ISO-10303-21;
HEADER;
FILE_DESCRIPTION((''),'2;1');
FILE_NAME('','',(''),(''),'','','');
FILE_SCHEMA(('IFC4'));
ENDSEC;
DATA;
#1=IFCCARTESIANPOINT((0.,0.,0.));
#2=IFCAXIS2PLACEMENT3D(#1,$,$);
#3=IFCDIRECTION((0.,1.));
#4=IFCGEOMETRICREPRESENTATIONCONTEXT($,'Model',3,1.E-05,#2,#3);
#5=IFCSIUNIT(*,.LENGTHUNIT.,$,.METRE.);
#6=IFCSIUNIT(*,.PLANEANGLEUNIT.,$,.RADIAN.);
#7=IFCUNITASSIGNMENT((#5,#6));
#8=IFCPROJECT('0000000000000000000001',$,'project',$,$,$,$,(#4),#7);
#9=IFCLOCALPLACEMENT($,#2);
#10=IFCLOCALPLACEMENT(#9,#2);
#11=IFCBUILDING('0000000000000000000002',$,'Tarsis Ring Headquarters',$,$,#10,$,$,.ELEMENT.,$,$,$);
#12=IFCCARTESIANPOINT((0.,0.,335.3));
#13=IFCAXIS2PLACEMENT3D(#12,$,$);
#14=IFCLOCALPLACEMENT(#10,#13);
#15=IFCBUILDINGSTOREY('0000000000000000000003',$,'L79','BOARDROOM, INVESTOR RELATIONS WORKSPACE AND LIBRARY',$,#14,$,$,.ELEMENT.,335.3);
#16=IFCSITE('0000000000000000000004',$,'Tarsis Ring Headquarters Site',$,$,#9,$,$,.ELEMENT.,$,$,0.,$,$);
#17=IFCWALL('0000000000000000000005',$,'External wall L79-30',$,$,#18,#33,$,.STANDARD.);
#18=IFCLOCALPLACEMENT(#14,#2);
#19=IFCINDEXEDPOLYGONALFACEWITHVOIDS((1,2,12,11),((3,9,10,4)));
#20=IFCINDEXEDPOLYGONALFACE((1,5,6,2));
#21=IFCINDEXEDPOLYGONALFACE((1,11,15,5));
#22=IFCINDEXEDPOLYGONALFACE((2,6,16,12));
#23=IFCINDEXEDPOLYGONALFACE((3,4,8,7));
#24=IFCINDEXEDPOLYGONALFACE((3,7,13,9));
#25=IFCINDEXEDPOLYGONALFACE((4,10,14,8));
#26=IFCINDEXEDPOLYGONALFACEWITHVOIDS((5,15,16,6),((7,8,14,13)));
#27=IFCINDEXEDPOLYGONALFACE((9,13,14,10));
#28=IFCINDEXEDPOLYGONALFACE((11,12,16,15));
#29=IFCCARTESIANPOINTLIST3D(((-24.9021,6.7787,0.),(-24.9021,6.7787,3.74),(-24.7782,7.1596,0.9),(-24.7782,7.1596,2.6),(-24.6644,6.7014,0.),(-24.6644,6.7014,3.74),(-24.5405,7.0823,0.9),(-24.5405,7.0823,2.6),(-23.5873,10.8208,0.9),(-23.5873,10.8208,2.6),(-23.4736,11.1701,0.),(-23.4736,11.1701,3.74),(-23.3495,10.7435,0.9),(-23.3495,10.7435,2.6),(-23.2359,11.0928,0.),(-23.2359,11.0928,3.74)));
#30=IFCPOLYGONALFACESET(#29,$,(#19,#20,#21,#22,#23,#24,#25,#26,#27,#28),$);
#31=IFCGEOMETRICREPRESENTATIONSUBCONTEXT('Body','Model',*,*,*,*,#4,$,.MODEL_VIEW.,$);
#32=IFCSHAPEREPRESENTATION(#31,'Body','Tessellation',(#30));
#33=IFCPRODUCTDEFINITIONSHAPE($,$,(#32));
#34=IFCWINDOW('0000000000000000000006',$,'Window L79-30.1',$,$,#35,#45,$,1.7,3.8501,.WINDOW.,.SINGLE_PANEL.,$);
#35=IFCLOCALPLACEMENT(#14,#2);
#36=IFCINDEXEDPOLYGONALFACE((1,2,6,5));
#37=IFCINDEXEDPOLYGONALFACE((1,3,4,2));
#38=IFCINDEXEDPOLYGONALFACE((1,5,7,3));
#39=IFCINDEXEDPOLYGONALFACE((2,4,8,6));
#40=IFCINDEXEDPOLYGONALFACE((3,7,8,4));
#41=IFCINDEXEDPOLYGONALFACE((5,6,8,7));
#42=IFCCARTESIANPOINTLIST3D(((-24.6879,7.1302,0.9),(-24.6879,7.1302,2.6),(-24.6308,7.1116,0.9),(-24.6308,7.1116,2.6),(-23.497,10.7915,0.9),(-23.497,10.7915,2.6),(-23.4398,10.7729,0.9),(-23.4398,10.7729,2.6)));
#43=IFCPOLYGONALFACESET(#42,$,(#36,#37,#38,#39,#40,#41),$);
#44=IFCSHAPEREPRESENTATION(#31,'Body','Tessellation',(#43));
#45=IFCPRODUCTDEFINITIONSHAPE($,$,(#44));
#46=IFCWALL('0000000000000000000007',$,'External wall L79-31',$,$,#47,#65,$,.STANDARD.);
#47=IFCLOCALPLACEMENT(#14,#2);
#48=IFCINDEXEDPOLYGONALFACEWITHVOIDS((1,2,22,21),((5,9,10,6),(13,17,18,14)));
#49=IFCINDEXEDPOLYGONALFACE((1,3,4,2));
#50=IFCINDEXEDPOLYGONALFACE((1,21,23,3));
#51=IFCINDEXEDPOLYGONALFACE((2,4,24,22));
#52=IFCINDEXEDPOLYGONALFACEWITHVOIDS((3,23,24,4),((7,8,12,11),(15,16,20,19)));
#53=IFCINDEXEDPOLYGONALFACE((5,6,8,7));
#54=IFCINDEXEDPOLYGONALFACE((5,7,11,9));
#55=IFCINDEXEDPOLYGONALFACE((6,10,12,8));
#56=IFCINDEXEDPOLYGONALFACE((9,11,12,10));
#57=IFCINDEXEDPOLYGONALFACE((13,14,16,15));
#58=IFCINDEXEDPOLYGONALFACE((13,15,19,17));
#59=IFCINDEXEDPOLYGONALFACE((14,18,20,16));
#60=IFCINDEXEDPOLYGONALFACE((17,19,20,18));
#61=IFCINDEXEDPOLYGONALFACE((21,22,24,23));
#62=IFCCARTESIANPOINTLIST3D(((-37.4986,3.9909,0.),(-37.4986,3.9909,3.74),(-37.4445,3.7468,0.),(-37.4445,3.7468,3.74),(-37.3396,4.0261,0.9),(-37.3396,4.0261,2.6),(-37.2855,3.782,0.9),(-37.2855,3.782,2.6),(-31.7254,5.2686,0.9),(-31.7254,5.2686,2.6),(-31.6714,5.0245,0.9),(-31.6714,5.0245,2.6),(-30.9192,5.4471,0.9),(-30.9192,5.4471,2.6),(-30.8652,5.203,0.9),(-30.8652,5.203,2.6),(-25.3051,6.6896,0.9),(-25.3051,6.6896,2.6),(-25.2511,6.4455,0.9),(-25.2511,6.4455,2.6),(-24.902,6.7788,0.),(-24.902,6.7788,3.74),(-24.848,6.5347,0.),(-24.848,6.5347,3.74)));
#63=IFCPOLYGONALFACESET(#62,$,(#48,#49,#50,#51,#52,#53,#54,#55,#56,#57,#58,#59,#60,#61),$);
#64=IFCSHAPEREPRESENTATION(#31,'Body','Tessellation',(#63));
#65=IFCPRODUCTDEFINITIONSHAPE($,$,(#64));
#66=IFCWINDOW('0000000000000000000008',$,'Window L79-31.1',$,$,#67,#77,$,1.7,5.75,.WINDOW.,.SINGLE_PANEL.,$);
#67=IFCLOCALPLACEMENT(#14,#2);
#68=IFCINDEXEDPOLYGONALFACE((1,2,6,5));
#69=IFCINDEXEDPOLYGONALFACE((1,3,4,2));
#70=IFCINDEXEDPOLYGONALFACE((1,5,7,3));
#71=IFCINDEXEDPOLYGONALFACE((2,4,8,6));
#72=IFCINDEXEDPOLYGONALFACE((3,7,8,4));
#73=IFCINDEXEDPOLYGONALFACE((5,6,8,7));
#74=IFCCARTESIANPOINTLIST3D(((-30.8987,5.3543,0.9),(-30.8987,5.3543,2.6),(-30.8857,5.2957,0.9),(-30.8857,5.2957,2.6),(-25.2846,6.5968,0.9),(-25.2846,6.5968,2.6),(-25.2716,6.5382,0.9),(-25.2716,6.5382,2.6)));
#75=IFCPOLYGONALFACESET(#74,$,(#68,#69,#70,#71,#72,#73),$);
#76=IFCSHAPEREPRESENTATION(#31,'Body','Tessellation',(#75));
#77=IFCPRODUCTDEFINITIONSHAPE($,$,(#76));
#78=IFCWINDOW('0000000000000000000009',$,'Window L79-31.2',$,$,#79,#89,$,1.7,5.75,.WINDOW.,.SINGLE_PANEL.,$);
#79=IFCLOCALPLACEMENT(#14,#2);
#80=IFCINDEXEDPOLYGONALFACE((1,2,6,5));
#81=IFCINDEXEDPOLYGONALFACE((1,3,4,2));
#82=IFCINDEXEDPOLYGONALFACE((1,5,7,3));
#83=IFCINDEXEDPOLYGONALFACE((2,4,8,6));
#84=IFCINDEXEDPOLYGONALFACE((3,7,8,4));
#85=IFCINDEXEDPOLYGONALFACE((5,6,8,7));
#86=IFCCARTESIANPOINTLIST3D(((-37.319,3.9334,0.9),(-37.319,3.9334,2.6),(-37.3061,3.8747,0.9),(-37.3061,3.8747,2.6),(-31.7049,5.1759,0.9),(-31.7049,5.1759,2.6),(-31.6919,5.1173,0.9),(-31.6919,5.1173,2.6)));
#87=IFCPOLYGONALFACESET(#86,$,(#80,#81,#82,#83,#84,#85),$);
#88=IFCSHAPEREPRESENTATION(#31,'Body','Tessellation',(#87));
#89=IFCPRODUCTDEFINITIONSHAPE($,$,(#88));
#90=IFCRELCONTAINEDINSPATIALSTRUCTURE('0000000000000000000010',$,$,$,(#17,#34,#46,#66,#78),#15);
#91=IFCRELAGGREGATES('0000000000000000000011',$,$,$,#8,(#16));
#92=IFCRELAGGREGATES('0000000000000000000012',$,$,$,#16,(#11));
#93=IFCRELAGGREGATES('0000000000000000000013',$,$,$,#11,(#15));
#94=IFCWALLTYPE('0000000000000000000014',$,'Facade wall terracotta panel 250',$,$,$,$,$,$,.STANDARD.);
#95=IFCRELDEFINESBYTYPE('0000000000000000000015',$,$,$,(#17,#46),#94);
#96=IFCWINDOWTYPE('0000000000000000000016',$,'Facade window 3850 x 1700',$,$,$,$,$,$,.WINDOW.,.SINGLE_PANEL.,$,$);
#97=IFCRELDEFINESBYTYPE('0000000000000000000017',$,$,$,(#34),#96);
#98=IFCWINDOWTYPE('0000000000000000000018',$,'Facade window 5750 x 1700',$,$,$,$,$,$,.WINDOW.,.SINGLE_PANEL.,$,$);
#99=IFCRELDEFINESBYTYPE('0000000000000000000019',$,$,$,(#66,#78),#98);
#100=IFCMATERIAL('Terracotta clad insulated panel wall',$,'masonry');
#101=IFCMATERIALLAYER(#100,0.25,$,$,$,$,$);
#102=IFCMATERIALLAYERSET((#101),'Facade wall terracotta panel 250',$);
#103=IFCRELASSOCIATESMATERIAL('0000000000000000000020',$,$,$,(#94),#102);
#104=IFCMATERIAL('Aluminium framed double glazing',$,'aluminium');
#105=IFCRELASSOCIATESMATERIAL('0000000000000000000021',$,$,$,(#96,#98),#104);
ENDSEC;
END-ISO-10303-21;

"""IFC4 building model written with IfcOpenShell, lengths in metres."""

from ifc_helpers import new_model, si_unit, direction, frame, frame_2d, origin, place, context, subcontext, project, spatial, rectangle, extrude, material, layer, layer_set, type_object, element, fill, save


model = new_model("IFC4")

# Units and contexts
model_context = context("Model", 3, precision=1e-05, world=origin(), true_north=direction((0.0, 1.0)))
body_context = subcontext(model_context, "Body", "Model", "MODEL_VIEW")
ifc_project = project(units=[si_unit("LENGTHUNIT", "METRE"), si_unit("PLANEANGLEUNIT", "RADIAN")], contexts=[model_context])

# Site, building, storey
site_placement = place(None, origin())
site = spatial("IfcSite", under=ifc_project, at=site_placement, Name="Tarsis Ring Headquarters Site", CompositionType="ELEMENT", RefElevation=0.0)
building_placement = place(site_placement, origin())
building = spatial("IfcBuilding", under=site, at=building_placement, Name="Tarsis Ring Headquarters", CompositionType="ELEMENT")
storey_placement = place(building_placement, frame((0.0, 0.0, 335.3)))
storey = spatial("IfcBuildingStorey", under=building, at=storey_placement, Name="L79", Description="BOARDROOM, INVESTOR RELATIONS WORKSPACE AND LIBRARY", CompositionType="ELEMENT", Elevation=335.3)

# Wall, opening, window
ifc_material_1 = material(Name="Terracotta clad insulated panel wall", Category="masonry")
ifc_layer_1 = layer(ifc_material_1, 0.25)
ifc_layer_set_1 = layer_set([ifc_layer_1], Name="Facade wall terracotta panel 250")
wall_type_1 = type_object("IfcWallType", Name="Facade wall terracotta panel 250", PredefinedType="STANDARD", material=ifc_layer_set_1)
wall_1_placement = place(storey_placement, frame((-23.3547, 11.1316, 0.0), z_axis=(0.0, 0.0, 1.0), x_axis=(-0.309336, -0.950953, 0.0)))
wall_1 = element("IfcWall", 1, at=wall_1_placement, inside=storey, type_object=wall_type_1, Name="External wall L79-30", PredefinedType="STANDARD", context=body_context, shape_type="SweptSolid", body=[
    extrude(rectangle(XDim=4.6179, YDim=0.25, at=frame_2d((2.3091, 0.0))), origin(), (0.0, 0.0, 1.0), 3.74),
])
opening_1_placement = place(wall_1_placement, frame((0.3674, 0.0, 0.8999)))
opening_1 = element("IfcOpeningElement", 2, at=opening_1_placement, cuts=wall_1, PredefinedType="OPENING", context=body_context, shape_type="SweptSolid", body=[
    extrude(rectangle(XDim=3.8501, YDim=1.7, at=frame_2d((1.925, 0.8501))), frame((0.0, 0.135, 0.0), z_axis=(0.0, -1.0, 0.0), x_axis=(1.0, 0.0, 0.0)), (0.0, 0.0, 1.0), 0.27),
])
ifc_material_2 = material(Name="Aluminium framed double glazing", Category="aluminium")
window_type_1 = type_object("IfcWindowType", Name="Facade window 3850 x 1700", PartitioningType="SINGLE_PANEL", PredefinedType="WINDOW", material=ifc_material_2)
window_1_placement = place(opening_1_placement, origin())
window_1 = element("IfcWindow", 3, at=window_1_placement, inside=storey, type_object=window_type_1, Name="Window L79-30.1", OverallHeight=1.7, OverallWidth=3.8501, PartitioningType="SINGLE_PANEL", PredefinedType="WINDOW", context=body_context, shape_type="SweptSolid", body=[
    extrude(rectangle(XDim=3.8501, YDim=1.7, at=frame_2d((1.925, 0.8501))), frame((0.0, 0.03, 0.0), z_axis=(0.0, -1.0, 0.0), x_axis=(1.0, 0.0, 0.0)), (0.0, 0.0, 1.0), 0.0601),
])
fill(opening_1, window_1)

# Wall, openings, windows
wall_2_placement = place(storey_placement, frame((-24.875, 6.6567, 0.0), z_axis=(0.0, 0.0, 1.0), x_axis=(-0.976373, -0.216091, 0.0)))
wall_2 = element("IfcWall", 4, at=wall_2_placement, inside=storey, type_object=wall_type_1, Name="External wall L79-31", PredefinedType="STANDARD", context=body_context, shape_type="SweptSolid", body=[
    extrude(rectangle(XDim=12.9014, YDim=0.25, at=frame_2d((6.4507, 0.0))), origin(), (0.0, 0.0, 1.0), 3.74),
])
opening_2_placement = place(wall_2_placement, frame((0.4128, 0.0, 0.8999)))
opening_2 = element("IfcOpeningElement", 5, at=opening_2_placement, cuts=wall_2, PredefinedType="OPENING", context=body_context, shape_type="SweptSolid", body=[
    extrude(rectangle(XDim=5.75, YDim=1.7, at=frame_2d((2.875, 0.8501))), frame((0.0, 0.135, 0.0), z_axis=(0.0, -1.0, 0.0), x_axis=(1.0, 0.0, 0.0)), (0.0, 0.0, 1.0), 0.27),
])
opening_3_placement = place(wall_2_placement, frame((6.9885, 0.0, 0.8999)))
opening_3 = element("IfcOpeningElement", 6, at=opening_3_placement, cuts=wall_2, PredefinedType="OPENING", context=body_context, shape_type="SweptSolid", body=[
    extrude(rectangle(XDim=5.75, YDim=1.7, at=frame_2d((2.875, 0.8501))), frame((0.0, 0.135, 0.0), z_axis=(0.0, -1.0, 0.0), x_axis=(1.0, 0.0, 0.0)), (0.0, 0.0, 1.0), 0.27),
])
window_type_2 = type_object("IfcWindowType", Name="Facade window 5750 x 1700", PartitioningType="SINGLE_PANEL", PredefinedType="WINDOW", material=ifc_material_2)
window_2_placement = place(opening_2_placement, origin())
window_2 = element("IfcWindow", 7, at=window_2_placement, inside=storey, type_object=window_type_2, Name="Window L79-31.1", OverallHeight=1.7, OverallWidth=5.75, PartitioningType="SINGLE_PANEL", PredefinedType="WINDOW", context=body_context, shape_type="SweptSolid", body=[
    extrude(rectangle(XDim=5.75, YDim=1.7, at=frame_2d((2.875, 0.8501))), frame((0.0, 0.03, 0.0), z_axis=(0.0, -1.0, 0.0), x_axis=(1.0, 0.0, 0.0)), (0.0, 0.0, 1.0), 0.0601),
])
fill(opening_2, window_2)
window_3_placement = place(opening_3_placement, origin())
window_3 = element("IfcWindow", 8, at=window_3_placement, inside=storey, type_object=window_type_2, Name="Window L79-31.2", OverallHeight=1.7, OverallWidth=5.75, PartitioningType="SINGLE_PANEL", PredefinedType="WINDOW", context=body_context, shape_type="SweptSolid", body=[
    extrude(rectangle(XDim=5.75, YDim=1.7, at=frame_2d((2.875, 0.8501))), frame((0.0, 0.03, 0.0), z_axis=(0.0, -1.0, 0.0), x_axis=(1.0, 0.0, 0.0)), (0.0, 0.0, 1.0), 0.0601),
])
fill(opening_3, window_3)

save(model, "model.ifc")
